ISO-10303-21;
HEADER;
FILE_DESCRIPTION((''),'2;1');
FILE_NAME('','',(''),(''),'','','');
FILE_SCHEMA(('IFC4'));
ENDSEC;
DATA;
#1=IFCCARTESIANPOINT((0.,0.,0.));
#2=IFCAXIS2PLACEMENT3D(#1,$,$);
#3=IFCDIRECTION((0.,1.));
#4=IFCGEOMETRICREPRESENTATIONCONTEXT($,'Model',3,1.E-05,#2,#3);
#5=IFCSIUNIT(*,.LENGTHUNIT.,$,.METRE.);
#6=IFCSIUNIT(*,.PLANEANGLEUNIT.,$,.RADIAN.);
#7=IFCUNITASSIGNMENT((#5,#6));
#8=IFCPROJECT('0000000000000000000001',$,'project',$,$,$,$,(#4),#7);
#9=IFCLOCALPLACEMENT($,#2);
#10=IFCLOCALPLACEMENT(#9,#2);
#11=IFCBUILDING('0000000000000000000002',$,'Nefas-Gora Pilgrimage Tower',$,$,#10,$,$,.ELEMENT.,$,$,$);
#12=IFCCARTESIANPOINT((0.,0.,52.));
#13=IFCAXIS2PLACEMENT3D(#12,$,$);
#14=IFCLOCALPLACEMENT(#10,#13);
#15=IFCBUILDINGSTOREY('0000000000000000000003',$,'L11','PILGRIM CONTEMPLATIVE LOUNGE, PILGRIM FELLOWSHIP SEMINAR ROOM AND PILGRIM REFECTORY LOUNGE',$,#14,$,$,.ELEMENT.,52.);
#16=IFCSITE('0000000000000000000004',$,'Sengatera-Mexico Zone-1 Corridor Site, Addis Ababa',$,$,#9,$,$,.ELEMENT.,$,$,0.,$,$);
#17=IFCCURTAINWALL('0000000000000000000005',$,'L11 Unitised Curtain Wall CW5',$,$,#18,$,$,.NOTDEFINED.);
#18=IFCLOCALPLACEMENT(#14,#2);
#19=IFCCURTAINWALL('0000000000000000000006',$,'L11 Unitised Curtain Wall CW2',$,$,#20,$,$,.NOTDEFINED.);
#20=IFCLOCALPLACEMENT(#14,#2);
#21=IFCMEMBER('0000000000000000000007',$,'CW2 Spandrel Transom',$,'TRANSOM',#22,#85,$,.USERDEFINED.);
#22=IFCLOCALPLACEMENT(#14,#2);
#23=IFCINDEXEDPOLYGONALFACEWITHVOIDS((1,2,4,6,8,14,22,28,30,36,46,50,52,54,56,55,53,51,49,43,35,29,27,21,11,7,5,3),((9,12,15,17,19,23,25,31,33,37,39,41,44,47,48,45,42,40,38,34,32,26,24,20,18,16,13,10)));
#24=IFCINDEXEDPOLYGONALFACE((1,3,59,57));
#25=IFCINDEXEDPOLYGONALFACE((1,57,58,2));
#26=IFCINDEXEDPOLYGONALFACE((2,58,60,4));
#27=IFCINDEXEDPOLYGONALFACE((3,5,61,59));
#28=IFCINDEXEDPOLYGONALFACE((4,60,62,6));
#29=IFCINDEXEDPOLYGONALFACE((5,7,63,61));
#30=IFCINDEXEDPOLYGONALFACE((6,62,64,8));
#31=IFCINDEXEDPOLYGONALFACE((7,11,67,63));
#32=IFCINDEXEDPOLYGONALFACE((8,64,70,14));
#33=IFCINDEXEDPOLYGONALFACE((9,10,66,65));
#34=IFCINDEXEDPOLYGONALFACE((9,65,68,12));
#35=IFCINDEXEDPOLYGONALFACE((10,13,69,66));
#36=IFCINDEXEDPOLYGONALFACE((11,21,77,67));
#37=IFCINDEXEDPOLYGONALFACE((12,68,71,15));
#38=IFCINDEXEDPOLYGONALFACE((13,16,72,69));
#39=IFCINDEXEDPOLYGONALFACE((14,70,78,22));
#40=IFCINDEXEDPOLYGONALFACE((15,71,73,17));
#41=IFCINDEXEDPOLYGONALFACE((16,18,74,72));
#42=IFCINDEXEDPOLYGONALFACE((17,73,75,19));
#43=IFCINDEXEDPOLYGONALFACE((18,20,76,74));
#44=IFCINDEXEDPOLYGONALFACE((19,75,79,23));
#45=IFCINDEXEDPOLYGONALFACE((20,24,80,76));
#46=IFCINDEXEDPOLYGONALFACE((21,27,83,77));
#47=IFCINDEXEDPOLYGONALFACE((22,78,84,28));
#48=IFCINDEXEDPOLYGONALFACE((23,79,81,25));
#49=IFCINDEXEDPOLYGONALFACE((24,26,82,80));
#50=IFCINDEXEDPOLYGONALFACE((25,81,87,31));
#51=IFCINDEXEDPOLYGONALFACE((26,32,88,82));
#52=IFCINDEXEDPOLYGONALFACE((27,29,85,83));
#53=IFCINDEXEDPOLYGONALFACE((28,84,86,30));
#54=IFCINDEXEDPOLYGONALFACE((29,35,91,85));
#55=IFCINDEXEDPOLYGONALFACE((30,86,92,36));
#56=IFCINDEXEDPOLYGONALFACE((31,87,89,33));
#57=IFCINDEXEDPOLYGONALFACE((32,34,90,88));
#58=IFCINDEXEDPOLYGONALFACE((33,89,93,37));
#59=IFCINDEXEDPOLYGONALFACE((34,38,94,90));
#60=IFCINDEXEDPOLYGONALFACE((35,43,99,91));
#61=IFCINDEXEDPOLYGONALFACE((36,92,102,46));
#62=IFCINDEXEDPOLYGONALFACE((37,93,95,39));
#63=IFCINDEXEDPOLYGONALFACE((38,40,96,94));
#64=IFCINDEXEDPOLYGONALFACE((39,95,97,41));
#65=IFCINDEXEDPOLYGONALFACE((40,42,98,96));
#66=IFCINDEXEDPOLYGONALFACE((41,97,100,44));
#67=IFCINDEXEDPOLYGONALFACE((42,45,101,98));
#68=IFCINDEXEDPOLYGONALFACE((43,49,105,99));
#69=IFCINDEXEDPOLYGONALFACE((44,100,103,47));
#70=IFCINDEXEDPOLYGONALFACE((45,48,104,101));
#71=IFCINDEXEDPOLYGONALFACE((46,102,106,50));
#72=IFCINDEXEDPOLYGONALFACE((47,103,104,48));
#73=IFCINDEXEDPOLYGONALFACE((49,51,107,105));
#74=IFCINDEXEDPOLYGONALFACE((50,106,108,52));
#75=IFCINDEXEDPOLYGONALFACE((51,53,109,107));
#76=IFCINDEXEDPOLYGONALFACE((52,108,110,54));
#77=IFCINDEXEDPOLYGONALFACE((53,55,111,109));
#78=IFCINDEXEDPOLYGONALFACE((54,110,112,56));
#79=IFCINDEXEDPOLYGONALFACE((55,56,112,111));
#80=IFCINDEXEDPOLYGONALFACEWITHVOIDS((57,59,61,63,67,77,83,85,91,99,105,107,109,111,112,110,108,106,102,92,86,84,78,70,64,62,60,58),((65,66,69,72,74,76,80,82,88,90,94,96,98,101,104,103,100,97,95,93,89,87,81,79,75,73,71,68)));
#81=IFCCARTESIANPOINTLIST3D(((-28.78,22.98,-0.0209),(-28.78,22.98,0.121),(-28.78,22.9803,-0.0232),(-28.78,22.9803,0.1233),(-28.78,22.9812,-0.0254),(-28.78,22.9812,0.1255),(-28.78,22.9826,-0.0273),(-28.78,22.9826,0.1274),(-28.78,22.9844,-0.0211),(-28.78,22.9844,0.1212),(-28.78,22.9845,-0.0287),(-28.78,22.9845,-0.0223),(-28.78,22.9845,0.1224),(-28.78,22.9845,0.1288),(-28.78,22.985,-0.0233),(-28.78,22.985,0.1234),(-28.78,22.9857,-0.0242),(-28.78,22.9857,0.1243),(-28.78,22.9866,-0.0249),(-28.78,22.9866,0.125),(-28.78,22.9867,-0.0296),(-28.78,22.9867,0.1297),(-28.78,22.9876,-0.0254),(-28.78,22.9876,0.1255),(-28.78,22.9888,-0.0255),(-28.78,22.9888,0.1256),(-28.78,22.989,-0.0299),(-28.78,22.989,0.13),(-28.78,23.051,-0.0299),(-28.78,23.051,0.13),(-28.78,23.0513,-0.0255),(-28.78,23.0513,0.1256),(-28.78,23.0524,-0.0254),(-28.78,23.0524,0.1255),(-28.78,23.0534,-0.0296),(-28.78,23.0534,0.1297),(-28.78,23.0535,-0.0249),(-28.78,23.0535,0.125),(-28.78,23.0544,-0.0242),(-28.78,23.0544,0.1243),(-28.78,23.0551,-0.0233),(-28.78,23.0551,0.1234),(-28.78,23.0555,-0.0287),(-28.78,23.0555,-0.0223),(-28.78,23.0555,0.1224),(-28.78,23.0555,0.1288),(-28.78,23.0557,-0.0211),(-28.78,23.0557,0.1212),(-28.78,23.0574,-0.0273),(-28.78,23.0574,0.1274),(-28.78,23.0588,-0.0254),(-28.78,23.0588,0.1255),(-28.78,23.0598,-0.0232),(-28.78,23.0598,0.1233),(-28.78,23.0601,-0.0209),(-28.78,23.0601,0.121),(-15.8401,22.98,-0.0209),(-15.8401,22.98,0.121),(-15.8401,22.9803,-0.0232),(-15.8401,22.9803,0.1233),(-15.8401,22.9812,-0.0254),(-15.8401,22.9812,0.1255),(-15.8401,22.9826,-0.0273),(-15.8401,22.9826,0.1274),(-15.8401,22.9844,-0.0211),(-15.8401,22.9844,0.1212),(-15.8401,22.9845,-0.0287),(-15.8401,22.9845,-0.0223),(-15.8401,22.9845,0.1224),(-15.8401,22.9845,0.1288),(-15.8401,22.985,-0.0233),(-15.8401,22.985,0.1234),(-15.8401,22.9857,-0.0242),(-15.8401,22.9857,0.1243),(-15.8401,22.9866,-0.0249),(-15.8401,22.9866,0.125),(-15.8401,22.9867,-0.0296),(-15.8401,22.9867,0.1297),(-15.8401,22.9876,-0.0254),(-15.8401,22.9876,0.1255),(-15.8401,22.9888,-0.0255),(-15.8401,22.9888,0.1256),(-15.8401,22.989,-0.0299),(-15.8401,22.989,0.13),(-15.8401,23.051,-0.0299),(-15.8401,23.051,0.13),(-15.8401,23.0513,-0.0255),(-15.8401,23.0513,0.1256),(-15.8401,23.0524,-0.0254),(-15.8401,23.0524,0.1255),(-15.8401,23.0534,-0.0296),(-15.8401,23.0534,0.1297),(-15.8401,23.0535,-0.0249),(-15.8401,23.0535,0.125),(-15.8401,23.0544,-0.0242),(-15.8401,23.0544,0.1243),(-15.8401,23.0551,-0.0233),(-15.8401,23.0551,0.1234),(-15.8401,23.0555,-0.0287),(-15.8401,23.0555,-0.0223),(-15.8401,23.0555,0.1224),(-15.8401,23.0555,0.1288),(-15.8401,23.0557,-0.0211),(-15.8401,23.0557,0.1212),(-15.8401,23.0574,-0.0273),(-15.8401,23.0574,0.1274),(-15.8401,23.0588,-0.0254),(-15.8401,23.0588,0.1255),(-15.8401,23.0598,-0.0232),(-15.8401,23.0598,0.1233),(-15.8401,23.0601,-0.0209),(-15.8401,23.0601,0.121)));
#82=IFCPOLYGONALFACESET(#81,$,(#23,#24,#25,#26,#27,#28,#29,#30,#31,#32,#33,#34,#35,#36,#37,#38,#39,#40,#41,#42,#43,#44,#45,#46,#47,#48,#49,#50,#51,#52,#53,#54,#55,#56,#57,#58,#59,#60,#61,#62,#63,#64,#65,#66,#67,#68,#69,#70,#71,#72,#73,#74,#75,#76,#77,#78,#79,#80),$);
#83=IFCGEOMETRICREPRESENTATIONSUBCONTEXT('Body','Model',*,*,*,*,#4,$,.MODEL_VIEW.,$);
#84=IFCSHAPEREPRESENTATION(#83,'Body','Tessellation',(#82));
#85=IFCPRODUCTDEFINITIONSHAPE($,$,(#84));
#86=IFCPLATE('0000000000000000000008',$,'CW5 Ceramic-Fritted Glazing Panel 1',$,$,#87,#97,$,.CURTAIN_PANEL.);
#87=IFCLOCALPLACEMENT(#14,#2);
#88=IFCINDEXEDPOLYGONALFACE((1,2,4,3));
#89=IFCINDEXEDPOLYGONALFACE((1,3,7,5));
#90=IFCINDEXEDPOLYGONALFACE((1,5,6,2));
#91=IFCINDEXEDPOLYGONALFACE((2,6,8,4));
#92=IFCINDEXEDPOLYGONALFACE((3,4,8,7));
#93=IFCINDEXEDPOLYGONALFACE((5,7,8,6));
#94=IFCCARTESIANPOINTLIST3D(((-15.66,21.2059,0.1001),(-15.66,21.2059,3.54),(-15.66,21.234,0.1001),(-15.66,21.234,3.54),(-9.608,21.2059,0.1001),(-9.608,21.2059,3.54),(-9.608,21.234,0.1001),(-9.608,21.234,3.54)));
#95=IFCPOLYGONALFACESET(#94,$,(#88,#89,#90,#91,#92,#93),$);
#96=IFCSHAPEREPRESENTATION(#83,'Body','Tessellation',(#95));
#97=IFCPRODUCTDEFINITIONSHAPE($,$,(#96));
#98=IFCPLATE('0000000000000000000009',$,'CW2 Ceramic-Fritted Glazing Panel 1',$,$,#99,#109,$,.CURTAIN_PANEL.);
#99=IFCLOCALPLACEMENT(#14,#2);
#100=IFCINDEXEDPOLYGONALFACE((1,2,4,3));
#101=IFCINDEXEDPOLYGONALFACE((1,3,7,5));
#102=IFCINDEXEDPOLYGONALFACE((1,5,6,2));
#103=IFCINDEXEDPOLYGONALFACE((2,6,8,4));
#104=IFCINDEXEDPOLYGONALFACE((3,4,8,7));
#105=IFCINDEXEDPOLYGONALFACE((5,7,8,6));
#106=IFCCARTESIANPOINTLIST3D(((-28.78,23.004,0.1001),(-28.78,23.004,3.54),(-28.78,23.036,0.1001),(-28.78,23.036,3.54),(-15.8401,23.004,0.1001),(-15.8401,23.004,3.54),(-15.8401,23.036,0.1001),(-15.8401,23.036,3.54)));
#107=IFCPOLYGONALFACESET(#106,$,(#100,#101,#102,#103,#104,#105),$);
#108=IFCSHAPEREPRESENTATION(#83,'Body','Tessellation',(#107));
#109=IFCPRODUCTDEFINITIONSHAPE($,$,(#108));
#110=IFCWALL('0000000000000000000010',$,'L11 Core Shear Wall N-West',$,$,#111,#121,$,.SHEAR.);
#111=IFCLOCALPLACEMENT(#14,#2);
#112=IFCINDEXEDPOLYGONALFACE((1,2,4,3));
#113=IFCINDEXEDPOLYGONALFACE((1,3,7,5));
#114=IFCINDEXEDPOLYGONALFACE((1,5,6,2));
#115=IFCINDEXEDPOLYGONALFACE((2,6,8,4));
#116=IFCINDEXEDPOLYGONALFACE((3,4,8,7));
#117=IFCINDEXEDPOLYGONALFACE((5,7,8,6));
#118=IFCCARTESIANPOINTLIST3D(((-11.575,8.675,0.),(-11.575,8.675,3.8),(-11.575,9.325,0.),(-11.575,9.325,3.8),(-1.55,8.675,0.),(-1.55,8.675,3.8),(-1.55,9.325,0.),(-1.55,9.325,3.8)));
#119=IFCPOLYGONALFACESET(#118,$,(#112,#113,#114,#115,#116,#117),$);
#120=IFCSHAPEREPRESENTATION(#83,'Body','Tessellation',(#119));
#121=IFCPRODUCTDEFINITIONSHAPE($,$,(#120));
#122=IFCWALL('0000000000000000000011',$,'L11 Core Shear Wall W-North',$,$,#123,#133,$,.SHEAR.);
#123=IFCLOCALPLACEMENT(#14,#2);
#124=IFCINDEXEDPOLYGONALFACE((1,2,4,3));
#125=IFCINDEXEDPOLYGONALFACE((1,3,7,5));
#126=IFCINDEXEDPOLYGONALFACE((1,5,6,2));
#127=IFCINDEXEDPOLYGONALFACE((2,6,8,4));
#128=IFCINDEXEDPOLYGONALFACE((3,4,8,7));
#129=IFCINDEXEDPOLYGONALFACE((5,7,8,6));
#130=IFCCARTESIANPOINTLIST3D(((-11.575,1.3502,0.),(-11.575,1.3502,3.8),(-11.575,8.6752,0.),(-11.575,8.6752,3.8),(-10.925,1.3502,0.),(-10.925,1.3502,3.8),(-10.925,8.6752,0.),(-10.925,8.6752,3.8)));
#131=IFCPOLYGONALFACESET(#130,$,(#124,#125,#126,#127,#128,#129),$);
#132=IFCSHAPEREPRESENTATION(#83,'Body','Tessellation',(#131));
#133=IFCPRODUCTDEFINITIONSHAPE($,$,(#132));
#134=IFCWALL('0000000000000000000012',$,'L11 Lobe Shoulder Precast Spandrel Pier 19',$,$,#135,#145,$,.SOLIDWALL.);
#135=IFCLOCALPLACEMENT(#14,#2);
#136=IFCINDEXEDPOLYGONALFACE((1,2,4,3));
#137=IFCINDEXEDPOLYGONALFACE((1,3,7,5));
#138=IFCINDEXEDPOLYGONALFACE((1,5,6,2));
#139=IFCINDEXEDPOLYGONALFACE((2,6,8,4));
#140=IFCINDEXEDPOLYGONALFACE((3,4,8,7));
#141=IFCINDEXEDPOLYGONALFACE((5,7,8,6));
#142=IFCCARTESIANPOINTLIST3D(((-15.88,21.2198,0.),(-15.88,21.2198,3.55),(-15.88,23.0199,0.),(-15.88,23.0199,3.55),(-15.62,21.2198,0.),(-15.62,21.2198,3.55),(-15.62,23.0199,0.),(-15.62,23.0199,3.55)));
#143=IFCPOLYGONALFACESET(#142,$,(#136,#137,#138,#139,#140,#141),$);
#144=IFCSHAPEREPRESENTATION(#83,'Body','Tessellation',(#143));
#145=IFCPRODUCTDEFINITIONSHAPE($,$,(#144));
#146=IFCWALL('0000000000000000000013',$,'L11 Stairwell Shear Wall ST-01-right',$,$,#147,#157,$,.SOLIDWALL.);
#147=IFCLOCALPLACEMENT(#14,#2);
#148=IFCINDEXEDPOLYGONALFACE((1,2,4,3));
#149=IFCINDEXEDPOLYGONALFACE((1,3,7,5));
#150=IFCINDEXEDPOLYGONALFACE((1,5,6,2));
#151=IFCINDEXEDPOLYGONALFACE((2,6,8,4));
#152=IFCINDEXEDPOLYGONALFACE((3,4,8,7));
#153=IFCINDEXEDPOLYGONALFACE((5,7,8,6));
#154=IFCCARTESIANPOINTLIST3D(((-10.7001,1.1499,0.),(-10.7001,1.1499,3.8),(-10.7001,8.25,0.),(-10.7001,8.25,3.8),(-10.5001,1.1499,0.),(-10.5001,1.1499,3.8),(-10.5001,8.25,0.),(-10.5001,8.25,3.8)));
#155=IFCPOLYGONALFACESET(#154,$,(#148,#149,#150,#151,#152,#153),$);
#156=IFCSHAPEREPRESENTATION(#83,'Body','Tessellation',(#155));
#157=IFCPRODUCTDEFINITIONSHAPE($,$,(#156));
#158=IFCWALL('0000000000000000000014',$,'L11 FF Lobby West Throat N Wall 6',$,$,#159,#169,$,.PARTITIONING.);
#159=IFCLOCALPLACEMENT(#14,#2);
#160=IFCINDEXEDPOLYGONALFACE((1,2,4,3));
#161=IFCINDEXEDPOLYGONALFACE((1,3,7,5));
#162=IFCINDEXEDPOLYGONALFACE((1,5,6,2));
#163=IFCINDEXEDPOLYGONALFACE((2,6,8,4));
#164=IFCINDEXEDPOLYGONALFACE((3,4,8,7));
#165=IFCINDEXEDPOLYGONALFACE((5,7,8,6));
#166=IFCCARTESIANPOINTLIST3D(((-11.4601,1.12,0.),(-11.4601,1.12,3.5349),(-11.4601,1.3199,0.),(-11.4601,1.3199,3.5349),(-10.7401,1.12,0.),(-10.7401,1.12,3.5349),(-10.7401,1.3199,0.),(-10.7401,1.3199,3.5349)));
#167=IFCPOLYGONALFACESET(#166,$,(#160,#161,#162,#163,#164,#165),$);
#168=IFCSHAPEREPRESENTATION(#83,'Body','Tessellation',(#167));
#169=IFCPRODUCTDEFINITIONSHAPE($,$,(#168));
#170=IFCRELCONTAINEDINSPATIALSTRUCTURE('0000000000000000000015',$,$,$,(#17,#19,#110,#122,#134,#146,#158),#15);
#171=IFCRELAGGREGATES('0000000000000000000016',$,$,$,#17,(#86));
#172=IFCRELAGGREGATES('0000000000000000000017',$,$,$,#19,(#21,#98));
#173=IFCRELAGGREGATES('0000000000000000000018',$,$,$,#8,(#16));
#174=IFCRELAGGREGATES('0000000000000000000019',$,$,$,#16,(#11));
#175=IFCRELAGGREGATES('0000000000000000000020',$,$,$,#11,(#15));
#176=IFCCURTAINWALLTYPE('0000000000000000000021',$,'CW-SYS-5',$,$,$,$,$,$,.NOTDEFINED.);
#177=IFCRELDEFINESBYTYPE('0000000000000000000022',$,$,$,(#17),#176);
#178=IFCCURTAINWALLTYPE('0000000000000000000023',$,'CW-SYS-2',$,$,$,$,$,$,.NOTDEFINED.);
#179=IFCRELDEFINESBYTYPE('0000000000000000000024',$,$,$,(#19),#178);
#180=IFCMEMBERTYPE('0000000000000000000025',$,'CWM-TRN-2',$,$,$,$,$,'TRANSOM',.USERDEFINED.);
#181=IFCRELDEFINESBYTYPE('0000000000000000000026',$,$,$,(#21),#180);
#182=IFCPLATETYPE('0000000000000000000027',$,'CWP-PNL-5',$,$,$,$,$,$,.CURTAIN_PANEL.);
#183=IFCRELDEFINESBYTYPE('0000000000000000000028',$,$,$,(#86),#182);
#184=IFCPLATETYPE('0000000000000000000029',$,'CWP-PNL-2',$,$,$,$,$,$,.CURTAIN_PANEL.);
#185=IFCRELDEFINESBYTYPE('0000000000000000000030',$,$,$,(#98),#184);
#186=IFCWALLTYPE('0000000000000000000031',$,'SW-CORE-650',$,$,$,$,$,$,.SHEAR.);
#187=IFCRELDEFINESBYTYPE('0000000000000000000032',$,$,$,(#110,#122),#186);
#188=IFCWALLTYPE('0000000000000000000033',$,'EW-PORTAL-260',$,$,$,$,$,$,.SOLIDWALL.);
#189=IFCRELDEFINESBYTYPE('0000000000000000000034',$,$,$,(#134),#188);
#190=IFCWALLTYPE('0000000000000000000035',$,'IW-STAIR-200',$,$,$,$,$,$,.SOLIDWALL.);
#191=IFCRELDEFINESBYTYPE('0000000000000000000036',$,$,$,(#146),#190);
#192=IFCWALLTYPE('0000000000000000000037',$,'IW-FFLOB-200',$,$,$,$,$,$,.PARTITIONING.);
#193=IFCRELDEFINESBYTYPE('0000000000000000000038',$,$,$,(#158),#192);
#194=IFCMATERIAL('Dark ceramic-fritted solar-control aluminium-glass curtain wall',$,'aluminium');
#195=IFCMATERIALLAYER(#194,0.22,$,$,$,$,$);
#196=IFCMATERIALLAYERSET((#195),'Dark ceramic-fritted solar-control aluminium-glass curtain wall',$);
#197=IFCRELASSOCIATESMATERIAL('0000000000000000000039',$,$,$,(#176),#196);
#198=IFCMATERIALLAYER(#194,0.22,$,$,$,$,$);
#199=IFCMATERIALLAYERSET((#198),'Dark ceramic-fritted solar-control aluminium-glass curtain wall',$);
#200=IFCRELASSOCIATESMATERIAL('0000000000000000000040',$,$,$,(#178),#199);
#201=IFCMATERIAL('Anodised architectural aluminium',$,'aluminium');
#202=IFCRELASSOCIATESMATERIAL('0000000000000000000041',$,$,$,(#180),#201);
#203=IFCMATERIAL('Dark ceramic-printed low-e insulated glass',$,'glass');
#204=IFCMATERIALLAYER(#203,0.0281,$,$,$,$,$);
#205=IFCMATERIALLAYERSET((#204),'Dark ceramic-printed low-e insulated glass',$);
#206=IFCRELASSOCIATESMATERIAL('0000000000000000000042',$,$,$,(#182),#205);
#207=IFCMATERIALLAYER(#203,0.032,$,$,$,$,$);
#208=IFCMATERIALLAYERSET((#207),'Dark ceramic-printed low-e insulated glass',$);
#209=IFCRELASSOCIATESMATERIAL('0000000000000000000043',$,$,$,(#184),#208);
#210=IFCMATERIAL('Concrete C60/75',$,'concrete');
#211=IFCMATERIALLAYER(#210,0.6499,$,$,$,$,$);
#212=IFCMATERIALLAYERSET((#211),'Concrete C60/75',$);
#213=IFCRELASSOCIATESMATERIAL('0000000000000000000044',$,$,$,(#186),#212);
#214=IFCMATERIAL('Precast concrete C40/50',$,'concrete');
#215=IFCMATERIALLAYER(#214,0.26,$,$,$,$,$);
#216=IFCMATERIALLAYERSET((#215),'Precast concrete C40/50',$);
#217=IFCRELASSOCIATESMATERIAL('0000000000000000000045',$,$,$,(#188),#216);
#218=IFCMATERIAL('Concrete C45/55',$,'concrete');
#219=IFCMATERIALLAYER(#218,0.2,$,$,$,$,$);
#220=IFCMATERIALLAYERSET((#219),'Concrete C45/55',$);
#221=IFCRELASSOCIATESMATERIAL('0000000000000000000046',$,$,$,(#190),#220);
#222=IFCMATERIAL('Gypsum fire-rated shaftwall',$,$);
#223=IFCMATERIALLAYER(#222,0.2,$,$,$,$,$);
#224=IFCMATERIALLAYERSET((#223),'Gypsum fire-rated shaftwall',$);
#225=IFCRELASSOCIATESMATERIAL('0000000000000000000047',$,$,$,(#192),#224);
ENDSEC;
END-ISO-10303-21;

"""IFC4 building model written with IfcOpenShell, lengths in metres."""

from ifc_helpers import new_model, si_unit, direction, frame, frame_2d, origin, origin_2d, place, context, subcontext, project, spatial, rectangle, hollow_rectangle, extrude, source, transform, mapped, material, layer, layer_set, material_profile, profile_set, type_object, element, aggregate, save


model = new_model("IFC4")

# Units and contexts
model_context = context("Model", 3, precision=1e-05, world=origin(), true_north=direction((0.0, 1.0)))
body_context = subcontext(model_context, "Body", "Model", "MODEL_VIEW")
ifc_project = project(units=[si_unit("LENGTHUNIT", "METRE"), si_unit("PLANEANGLEUNIT", "RADIAN")], contexts=[model_context])

# Site, building, storey
site_placement = place(None, origin())
site = spatial("IfcSite", under=ifc_project, at=site_placement, Name="Sengatera-Mexico Zone-1 Corridor Site, Addis Ababa", CompositionType="ELEMENT", RefElevation=0.0)
building_placement = place(site_placement, origin())
building = spatial("IfcBuilding", under=site, at=building_placement, Name="Nefas-Gora Pilgrimage Tower", CompositionType="ELEMENT")
storey_placement = place(building_placement, frame((0.0, 0.0, 52.0)))
storey = spatial("IfcBuildingStorey", under=building, at=storey_placement, Name="L11", Description="PILGRIM CONTEMPLATIVE LOUNGE, PILGRIM FELLOWSHIP SEMINAR ROOM AND PILGRIM REFECTORY LOUNGE", CompositionType="ELEMENT", Elevation=52.0)

# Curtain wall
ifc_material_1 = material(Name="Dark ceramic-fritted solar-control aluminium-glass curtain wall", Category="aluminium")
ifc_layer_1 = layer(ifc_material_1, 0.22)
ifc_layer_set_1 = layer_set([ifc_layer_1], Name="Dark ceramic-fritted solar-control aluminium-glass curtain wall")
curtain_wall_type_1 = type_object("IfcCurtainWallType", Name="CW-SYS-5", PredefinedType="NOTDEFINED", material=ifc_layer_set_1)
curtain_wall_1_placement = place(storey_placement, origin())
curtain_wall_1 = element("IfcCurtainWall", 1, at=curtain_wall_1_placement, inside=storey, type_object=curtain_wall_type_1, Name="L11 Unitised Curtain Wall CW5", PredefinedType="NOTDEFINED")
ifc_material_2 = material(Name="Anodised architectural aluminium", Category="aluminium")

# Curtain wall, member
ifc_layer_2 = layer(ifc_material_1, 0.22)
ifc_layer_set_2 = layer_set([ifc_layer_2], Name="Dark ceramic-fritted solar-control aluminium-glass curtain wall")
curtain_wall_type_2 = type_object("IfcCurtainWallType", Name="CW-SYS-2", PredefinedType="NOTDEFINED", material=ifc_layer_set_2)
curtain_wall_2_placement = place(storey_placement, origin())
curtain_wall_2 = element("IfcCurtainWall", 2, at=curtain_wall_2_placement, inside=storey, type_object=curtain_wall_type_2, Name="L11 Unitised Curtain Wall CW2", PredefinedType="NOTDEFINED")
ifc_material_profile_1 = material_profile(ifc_material_2, hollow_rectangle(XDim=0.0801, YDim=0.1599, WallThickness=0.0044, InnerFilletRadius=0.0044, OuterFilletRadius=0.009, at=origin_2d()), Name="ALU TRANSOM 80x160")
ifc_profile_set_1 = profile_set([ifc_material_profile_1], Name="Anodised architectural aluminium")
member_type_1 = type_object("IfcMemberType", Name="CWM-TRN-2", ElementType="TRANSOM", PredefinedType="USERDEFINED", material=ifc_profile_set_1)
shared_shape_1 = source(origin(), body_context, "Body", "SweptSolid", [
    extrude(hollow_rectangle(XDim=0.0801, YDim=0.1599, WallThickness=0.0044, InnerFilletRadius=0.0044, OuterFilletRadius=0.009, at=origin_2d()), origin(), (0.0, 0.0, 1.0), 12.9399),
])
member_1_placement = place(storey_placement, frame((-15.8401, 23.02, 0.05), z_axis=(-1.0, 0.0, 0.0), x_axis=(0.0, -1.0, 0.0)))
member_1 = element("IfcMember", 3, at=member_1_placement, type_object=member_type_1, Name="CW2 Spandrel Transom", ObjectType="TRANSOM", PredefinedType="USERDEFINED", context=body_context, shape_type="MappedRepresentation", body=[
    mapped(shared_shape_1, transform((0.0, 0.0, 0.0), x_axis=(1.0, 0.0, 0.0), y_axis=(0.0, 1.0, 0.0), z_axis=(0.0, 0.0, 1.0), scale=1.0)),
])

# Plates
ifc_material_3 = material(Name="Dark ceramic-printed low-e insulated glass", Category="glass")
ifc_layer_3 = layer(ifc_material_3, 0.0281)
ifc_layer_set_3 = layer_set([ifc_layer_3], Name="Dark ceramic-printed low-e insulated glass")
plate_type_1 = type_object("IfcPlateType", Name="CWP-PNL-5", PredefinedType="CURTAIN_PANEL", material=ifc_layer_set_3)
shared_shape_2 = source(origin(), body_context, "Body", "SweptSolid", [
    extrude(rectangle(XDim=6.052, YDim=0.0281, at=origin_2d()), origin(), (0.0, 0.0, 1.0), 3.4399),
])
plate_1_placement = place(storey_placement, frame((-12.634, 21.22, 0.1001), z_axis=(0.0, 0.0, 1.0), x_axis=(-1.0, 0.0, 0.0)))
plate_1 = element("IfcPlate", 4, at=plate_1_placement, type_object=plate_type_1, Name="CW5 Ceramic-Fritted Glazing Panel 1", PredefinedType="CURTAIN_PANEL", context=body_context, shape_type="MappedRepresentation", body=[
    mapped(shared_shape_2, transform((0.0, 0.0, 0.0), x_axis=(1.0, 0.0, 0.0), y_axis=(0.0, 1.0, 0.0), z_axis=(0.0, 0.0, 1.0), scale=1.0)),
])
aggregate(curtain_wall_1, [plate_1])
ifc_layer_4 = layer(ifc_material_3, 0.032)
ifc_layer_set_4 = layer_set([ifc_layer_4], Name="Dark ceramic-printed low-e insulated glass")
plate_type_2 = type_object("IfcPlateType", Name="CWP-PNL-2", PredefinedType="CURTAIN_PANEL", material=ifc_layer_set_4)
shared_shape_3 = source(origin(), body_context, "Body", "SweptSolid", [
    extrude(rectangle(XDim=12.9399, YDim=0.032, at=origin_2d()), origin(), (0.0, 0.0, 1.0), 3.4399),
])
plate_2_placement = place(storey_placement, frame((-22.3101, 23.02, 0.1001), z_axis=(0.0, 0.0, 1.0), x_axis=(-1.0, 0.0, 0.0)))
plate_2 = element("IfcPlate", 5, at=plate_2_placement, type_object=plate_type_2, Name="CW2 Ceramic-Fritted Glazing Panel 1", PredefinedType="CURTAIN_PANEL", context=body_context, shape_type="MappedRepresentation", body=[
    mapped(shared_shape_3, transform((0.0, 0.0, 0.0), x_axis=(1.0, 0.0, 0.0), y_axis=(0.0, 1.0, 0.0), z_axis=(0.0, 0.0, 1.0), scale=1.0)),
])
aggregate(curtain_wall_2, [member_1, plate_2])

# Walls
ifc_material_4 = material(Name="Concrete C60/75", Category="concrete")
ifc_layer_5 = layer(ifc_material_4, 0.6499)
ifc_layer_set_5 = layer_set([ifc_layer_5], Name="Concrete C60/75")
wall_type_1 = type_object("IfcWallType", Name="SW-CORE-650", PredefinedType="SHEAR", material=ifc_layer_set_5)
shared_shape_4 = source(origin(), body_context, "Body", "SweptSolid", [
    extrude(rectangle(XDim=10.0249, YDim=0.6499, at=frame_2d((5.0125, 0.0))), origin(), (0.0, 0.0, 1.0), 3.8),
])
wall_1_placement = place(storey_placement, frame((-11.575, 9.0, 0.0), z_axis=(0.0, 0.0, 1.0), x_axis=(1.0, 0.0, 0.0)))
element("IfcWall", 6, at=wall_1_placement, inside=storey, type_object=wall_type_1, Name="L11 Core Shear Wall N-West", PredefinedType="SHEAR", context=body_context, shape_type="MappedRepresentation", body=[
    mapped(shared_shape_4, transform((0.0, 0.0, 0.0), x_axis=(1.0, 0.0, 0.0), y_axis=(0.0, 1.0, 0.0), z_axis=(0.0, 0.0, 1.0), scale=1.0)),
])
shared_shape_5 = source(origin(), body_context, "Body", "SweptSolid", [
    extrude(rectangle(XDim=7.325, YDim=0.6499, at=frame_2d((3.6626, 0.0))), origin(), (0.0, 0.0, 1.0), 3.8),
])
wall_2_placement = place(storey_placement, frame((-11.25, 1.3501, 0.0), z_axis=(0.0, 0.0, 1.0), x_axis=(0.0, 1.0, 0.0)))
element("IfcWall", 7, at=wall_2_placement, inside=storey, type_object=wall_type_1, Name="L11 Core Shear Wall W-North", PredefinedType="SHEAR", context=body_context, shape_type="MappedRepresentation", body=[
    mapped(shared_shape_5, transform((0.0, 0.0, 0.0), x_axis=(1.0, 0.0, 0.0), y_axis=(0.0, 1.0, 0.0), z_axis=(0.0, 0.0, 1.0), scale=1.0)),
])
ifc_material_5 = material(Name="Precast concrete C40/50", Category="concrete")
ifc_layer_6 = layer(ifc_material_5, 0.26)
ifc_layer_set_6 = layer_set([ifc_layer_6], Name="Precast concrete C40/50")
wall_type_2 = type_object("IfcWallType", Name="EW-PORTAL-260", PredefinedType="SOLIDWALL", material=ifc_layer_set_6)
shared_shape_6 = source(origin(), body_context, "Body", "SweptSolid", [
    extrude(rectangle(XDim=1.8, YDim=0.26, at=frame_2d((0.8999, 0.0))), origin(), (0.0, 0.0, 1.0), 3.55),
])
wall_3_placement = place(storey_placement, frame((-15.75, 21.22, 0.0), z_axis=(0.0, 0.0, 1.0), x_axis=(0.0, 1.0, 0.0)))
element("IfcWall", 8, at=wall_3_placement, inside=storey, type_object=wall_type_2, Name="L11 Lobe Shoulder Precast Spandrel Pier 19", PredefinedType="SOLIDWALL", context=body_context, shape_type="MappedRepresentation", body=[
    mapped(shared_shape_6, transform((0.0, 0.0, 0.0), x_axis=(1.0, 0.0, 0.0), y_axis=(0.0, 1.0, 0.0), z_axis=(0.0, 0.0, 1.0), scale=1.0)),
])
ifc_material_6 = material(Name="Concrete C45/55", Category="concrete")
ifc_layer_7 = layer(ifc_material_6, 0.2)
ifc_layer_set_7 = layer_set([ifc_layer_7], Name="Concrete C45/55")
wall_type_3 = type_object("IfcWallType", Name="IW-STAIR-200", PredefinedType="SOLIDWALL", material=ifc_layer_set_7)
shared_shape_7 = source(origin(), body_context, "Body", "SweptSolid", [
    extrude(rectangle(XDim=7.1001, YDim=0.2, at=frame_2d((3.55, 0.0))), origin(), (0.0, 0.0, 1.0), 3.8),
])
wall_4_placement = place(storey_placement, frame((-10.6001, 1.1499, 0.0), z_axis=(0.0, 0.0, 1.0), x_axis=(0.0, 1.0, 0.0)))
element("IfcWall", 9, at=wall_4_placement, inside=storey, type_object=wall_type_3, Name="L11 Stairwell Shear Wall ST-01-right", PredefinedType="SOLIDWALL", context=body_context, shape_type="MappedRepresentation", body=[
    mapped(shared_shape_7, transform((0.0, 0.0, 0.0), x_axis=(1.0, 0.0, 0.0), y_axis=(0.0, 1.0, 0.0), z_axis=(0.0, 0.0, 1.0), scale=1.0)),
])
ifc_material_7 = material(Name="Gypsum fire-rated shaftwall")
ifc_layer_8 = layer(ifc_material_7, 0.2)
ifc_layer_set_8 = layer_set([ifc_layer_8], Name="Gypsum fire-rated shaftwall")
wall_type_4 = type_object("IfcWallType", Name="IW-FFLOB-200", PredefinedType="PARTITIONING", material=ifc_layer_set_8)
shared_shape_8 = source(origin(), body_context, "Body", "SweptSolid", [
    extrude(rectangle(XDim=0.72, YDim=0.2, at=frame_2d((0.3599, 0.0))), origin(), (0.0, 0.0, 1.0), 3.5349),
])
wall_5_placement = place(storey_placement, frame((-11.46, 1.22, 0.0), z_axis=(0.0, 0.0, 1.0), x_axis=(1.0, 0.0, 0.0)))
element("IfcWall", 10, at=wall_5_placement, inside=storey, type_object=wall_type_4, Name="L11 FF Lobby West Throat N Wall 6", PredefinedType="PARTITIONING", context=body_context, shape_type="MappedRepresentation", body=[
    mapped(shared_shape_8, transform((0.0, 0.0, 0.0), x_axis=(1.0, 0.0, 0.0), y_axis=(0.0, 1.0, 0.0), z_axis=(0.0, 0.0, 1.0), scale=1.0)),
])

save(model, "model.ifc")
